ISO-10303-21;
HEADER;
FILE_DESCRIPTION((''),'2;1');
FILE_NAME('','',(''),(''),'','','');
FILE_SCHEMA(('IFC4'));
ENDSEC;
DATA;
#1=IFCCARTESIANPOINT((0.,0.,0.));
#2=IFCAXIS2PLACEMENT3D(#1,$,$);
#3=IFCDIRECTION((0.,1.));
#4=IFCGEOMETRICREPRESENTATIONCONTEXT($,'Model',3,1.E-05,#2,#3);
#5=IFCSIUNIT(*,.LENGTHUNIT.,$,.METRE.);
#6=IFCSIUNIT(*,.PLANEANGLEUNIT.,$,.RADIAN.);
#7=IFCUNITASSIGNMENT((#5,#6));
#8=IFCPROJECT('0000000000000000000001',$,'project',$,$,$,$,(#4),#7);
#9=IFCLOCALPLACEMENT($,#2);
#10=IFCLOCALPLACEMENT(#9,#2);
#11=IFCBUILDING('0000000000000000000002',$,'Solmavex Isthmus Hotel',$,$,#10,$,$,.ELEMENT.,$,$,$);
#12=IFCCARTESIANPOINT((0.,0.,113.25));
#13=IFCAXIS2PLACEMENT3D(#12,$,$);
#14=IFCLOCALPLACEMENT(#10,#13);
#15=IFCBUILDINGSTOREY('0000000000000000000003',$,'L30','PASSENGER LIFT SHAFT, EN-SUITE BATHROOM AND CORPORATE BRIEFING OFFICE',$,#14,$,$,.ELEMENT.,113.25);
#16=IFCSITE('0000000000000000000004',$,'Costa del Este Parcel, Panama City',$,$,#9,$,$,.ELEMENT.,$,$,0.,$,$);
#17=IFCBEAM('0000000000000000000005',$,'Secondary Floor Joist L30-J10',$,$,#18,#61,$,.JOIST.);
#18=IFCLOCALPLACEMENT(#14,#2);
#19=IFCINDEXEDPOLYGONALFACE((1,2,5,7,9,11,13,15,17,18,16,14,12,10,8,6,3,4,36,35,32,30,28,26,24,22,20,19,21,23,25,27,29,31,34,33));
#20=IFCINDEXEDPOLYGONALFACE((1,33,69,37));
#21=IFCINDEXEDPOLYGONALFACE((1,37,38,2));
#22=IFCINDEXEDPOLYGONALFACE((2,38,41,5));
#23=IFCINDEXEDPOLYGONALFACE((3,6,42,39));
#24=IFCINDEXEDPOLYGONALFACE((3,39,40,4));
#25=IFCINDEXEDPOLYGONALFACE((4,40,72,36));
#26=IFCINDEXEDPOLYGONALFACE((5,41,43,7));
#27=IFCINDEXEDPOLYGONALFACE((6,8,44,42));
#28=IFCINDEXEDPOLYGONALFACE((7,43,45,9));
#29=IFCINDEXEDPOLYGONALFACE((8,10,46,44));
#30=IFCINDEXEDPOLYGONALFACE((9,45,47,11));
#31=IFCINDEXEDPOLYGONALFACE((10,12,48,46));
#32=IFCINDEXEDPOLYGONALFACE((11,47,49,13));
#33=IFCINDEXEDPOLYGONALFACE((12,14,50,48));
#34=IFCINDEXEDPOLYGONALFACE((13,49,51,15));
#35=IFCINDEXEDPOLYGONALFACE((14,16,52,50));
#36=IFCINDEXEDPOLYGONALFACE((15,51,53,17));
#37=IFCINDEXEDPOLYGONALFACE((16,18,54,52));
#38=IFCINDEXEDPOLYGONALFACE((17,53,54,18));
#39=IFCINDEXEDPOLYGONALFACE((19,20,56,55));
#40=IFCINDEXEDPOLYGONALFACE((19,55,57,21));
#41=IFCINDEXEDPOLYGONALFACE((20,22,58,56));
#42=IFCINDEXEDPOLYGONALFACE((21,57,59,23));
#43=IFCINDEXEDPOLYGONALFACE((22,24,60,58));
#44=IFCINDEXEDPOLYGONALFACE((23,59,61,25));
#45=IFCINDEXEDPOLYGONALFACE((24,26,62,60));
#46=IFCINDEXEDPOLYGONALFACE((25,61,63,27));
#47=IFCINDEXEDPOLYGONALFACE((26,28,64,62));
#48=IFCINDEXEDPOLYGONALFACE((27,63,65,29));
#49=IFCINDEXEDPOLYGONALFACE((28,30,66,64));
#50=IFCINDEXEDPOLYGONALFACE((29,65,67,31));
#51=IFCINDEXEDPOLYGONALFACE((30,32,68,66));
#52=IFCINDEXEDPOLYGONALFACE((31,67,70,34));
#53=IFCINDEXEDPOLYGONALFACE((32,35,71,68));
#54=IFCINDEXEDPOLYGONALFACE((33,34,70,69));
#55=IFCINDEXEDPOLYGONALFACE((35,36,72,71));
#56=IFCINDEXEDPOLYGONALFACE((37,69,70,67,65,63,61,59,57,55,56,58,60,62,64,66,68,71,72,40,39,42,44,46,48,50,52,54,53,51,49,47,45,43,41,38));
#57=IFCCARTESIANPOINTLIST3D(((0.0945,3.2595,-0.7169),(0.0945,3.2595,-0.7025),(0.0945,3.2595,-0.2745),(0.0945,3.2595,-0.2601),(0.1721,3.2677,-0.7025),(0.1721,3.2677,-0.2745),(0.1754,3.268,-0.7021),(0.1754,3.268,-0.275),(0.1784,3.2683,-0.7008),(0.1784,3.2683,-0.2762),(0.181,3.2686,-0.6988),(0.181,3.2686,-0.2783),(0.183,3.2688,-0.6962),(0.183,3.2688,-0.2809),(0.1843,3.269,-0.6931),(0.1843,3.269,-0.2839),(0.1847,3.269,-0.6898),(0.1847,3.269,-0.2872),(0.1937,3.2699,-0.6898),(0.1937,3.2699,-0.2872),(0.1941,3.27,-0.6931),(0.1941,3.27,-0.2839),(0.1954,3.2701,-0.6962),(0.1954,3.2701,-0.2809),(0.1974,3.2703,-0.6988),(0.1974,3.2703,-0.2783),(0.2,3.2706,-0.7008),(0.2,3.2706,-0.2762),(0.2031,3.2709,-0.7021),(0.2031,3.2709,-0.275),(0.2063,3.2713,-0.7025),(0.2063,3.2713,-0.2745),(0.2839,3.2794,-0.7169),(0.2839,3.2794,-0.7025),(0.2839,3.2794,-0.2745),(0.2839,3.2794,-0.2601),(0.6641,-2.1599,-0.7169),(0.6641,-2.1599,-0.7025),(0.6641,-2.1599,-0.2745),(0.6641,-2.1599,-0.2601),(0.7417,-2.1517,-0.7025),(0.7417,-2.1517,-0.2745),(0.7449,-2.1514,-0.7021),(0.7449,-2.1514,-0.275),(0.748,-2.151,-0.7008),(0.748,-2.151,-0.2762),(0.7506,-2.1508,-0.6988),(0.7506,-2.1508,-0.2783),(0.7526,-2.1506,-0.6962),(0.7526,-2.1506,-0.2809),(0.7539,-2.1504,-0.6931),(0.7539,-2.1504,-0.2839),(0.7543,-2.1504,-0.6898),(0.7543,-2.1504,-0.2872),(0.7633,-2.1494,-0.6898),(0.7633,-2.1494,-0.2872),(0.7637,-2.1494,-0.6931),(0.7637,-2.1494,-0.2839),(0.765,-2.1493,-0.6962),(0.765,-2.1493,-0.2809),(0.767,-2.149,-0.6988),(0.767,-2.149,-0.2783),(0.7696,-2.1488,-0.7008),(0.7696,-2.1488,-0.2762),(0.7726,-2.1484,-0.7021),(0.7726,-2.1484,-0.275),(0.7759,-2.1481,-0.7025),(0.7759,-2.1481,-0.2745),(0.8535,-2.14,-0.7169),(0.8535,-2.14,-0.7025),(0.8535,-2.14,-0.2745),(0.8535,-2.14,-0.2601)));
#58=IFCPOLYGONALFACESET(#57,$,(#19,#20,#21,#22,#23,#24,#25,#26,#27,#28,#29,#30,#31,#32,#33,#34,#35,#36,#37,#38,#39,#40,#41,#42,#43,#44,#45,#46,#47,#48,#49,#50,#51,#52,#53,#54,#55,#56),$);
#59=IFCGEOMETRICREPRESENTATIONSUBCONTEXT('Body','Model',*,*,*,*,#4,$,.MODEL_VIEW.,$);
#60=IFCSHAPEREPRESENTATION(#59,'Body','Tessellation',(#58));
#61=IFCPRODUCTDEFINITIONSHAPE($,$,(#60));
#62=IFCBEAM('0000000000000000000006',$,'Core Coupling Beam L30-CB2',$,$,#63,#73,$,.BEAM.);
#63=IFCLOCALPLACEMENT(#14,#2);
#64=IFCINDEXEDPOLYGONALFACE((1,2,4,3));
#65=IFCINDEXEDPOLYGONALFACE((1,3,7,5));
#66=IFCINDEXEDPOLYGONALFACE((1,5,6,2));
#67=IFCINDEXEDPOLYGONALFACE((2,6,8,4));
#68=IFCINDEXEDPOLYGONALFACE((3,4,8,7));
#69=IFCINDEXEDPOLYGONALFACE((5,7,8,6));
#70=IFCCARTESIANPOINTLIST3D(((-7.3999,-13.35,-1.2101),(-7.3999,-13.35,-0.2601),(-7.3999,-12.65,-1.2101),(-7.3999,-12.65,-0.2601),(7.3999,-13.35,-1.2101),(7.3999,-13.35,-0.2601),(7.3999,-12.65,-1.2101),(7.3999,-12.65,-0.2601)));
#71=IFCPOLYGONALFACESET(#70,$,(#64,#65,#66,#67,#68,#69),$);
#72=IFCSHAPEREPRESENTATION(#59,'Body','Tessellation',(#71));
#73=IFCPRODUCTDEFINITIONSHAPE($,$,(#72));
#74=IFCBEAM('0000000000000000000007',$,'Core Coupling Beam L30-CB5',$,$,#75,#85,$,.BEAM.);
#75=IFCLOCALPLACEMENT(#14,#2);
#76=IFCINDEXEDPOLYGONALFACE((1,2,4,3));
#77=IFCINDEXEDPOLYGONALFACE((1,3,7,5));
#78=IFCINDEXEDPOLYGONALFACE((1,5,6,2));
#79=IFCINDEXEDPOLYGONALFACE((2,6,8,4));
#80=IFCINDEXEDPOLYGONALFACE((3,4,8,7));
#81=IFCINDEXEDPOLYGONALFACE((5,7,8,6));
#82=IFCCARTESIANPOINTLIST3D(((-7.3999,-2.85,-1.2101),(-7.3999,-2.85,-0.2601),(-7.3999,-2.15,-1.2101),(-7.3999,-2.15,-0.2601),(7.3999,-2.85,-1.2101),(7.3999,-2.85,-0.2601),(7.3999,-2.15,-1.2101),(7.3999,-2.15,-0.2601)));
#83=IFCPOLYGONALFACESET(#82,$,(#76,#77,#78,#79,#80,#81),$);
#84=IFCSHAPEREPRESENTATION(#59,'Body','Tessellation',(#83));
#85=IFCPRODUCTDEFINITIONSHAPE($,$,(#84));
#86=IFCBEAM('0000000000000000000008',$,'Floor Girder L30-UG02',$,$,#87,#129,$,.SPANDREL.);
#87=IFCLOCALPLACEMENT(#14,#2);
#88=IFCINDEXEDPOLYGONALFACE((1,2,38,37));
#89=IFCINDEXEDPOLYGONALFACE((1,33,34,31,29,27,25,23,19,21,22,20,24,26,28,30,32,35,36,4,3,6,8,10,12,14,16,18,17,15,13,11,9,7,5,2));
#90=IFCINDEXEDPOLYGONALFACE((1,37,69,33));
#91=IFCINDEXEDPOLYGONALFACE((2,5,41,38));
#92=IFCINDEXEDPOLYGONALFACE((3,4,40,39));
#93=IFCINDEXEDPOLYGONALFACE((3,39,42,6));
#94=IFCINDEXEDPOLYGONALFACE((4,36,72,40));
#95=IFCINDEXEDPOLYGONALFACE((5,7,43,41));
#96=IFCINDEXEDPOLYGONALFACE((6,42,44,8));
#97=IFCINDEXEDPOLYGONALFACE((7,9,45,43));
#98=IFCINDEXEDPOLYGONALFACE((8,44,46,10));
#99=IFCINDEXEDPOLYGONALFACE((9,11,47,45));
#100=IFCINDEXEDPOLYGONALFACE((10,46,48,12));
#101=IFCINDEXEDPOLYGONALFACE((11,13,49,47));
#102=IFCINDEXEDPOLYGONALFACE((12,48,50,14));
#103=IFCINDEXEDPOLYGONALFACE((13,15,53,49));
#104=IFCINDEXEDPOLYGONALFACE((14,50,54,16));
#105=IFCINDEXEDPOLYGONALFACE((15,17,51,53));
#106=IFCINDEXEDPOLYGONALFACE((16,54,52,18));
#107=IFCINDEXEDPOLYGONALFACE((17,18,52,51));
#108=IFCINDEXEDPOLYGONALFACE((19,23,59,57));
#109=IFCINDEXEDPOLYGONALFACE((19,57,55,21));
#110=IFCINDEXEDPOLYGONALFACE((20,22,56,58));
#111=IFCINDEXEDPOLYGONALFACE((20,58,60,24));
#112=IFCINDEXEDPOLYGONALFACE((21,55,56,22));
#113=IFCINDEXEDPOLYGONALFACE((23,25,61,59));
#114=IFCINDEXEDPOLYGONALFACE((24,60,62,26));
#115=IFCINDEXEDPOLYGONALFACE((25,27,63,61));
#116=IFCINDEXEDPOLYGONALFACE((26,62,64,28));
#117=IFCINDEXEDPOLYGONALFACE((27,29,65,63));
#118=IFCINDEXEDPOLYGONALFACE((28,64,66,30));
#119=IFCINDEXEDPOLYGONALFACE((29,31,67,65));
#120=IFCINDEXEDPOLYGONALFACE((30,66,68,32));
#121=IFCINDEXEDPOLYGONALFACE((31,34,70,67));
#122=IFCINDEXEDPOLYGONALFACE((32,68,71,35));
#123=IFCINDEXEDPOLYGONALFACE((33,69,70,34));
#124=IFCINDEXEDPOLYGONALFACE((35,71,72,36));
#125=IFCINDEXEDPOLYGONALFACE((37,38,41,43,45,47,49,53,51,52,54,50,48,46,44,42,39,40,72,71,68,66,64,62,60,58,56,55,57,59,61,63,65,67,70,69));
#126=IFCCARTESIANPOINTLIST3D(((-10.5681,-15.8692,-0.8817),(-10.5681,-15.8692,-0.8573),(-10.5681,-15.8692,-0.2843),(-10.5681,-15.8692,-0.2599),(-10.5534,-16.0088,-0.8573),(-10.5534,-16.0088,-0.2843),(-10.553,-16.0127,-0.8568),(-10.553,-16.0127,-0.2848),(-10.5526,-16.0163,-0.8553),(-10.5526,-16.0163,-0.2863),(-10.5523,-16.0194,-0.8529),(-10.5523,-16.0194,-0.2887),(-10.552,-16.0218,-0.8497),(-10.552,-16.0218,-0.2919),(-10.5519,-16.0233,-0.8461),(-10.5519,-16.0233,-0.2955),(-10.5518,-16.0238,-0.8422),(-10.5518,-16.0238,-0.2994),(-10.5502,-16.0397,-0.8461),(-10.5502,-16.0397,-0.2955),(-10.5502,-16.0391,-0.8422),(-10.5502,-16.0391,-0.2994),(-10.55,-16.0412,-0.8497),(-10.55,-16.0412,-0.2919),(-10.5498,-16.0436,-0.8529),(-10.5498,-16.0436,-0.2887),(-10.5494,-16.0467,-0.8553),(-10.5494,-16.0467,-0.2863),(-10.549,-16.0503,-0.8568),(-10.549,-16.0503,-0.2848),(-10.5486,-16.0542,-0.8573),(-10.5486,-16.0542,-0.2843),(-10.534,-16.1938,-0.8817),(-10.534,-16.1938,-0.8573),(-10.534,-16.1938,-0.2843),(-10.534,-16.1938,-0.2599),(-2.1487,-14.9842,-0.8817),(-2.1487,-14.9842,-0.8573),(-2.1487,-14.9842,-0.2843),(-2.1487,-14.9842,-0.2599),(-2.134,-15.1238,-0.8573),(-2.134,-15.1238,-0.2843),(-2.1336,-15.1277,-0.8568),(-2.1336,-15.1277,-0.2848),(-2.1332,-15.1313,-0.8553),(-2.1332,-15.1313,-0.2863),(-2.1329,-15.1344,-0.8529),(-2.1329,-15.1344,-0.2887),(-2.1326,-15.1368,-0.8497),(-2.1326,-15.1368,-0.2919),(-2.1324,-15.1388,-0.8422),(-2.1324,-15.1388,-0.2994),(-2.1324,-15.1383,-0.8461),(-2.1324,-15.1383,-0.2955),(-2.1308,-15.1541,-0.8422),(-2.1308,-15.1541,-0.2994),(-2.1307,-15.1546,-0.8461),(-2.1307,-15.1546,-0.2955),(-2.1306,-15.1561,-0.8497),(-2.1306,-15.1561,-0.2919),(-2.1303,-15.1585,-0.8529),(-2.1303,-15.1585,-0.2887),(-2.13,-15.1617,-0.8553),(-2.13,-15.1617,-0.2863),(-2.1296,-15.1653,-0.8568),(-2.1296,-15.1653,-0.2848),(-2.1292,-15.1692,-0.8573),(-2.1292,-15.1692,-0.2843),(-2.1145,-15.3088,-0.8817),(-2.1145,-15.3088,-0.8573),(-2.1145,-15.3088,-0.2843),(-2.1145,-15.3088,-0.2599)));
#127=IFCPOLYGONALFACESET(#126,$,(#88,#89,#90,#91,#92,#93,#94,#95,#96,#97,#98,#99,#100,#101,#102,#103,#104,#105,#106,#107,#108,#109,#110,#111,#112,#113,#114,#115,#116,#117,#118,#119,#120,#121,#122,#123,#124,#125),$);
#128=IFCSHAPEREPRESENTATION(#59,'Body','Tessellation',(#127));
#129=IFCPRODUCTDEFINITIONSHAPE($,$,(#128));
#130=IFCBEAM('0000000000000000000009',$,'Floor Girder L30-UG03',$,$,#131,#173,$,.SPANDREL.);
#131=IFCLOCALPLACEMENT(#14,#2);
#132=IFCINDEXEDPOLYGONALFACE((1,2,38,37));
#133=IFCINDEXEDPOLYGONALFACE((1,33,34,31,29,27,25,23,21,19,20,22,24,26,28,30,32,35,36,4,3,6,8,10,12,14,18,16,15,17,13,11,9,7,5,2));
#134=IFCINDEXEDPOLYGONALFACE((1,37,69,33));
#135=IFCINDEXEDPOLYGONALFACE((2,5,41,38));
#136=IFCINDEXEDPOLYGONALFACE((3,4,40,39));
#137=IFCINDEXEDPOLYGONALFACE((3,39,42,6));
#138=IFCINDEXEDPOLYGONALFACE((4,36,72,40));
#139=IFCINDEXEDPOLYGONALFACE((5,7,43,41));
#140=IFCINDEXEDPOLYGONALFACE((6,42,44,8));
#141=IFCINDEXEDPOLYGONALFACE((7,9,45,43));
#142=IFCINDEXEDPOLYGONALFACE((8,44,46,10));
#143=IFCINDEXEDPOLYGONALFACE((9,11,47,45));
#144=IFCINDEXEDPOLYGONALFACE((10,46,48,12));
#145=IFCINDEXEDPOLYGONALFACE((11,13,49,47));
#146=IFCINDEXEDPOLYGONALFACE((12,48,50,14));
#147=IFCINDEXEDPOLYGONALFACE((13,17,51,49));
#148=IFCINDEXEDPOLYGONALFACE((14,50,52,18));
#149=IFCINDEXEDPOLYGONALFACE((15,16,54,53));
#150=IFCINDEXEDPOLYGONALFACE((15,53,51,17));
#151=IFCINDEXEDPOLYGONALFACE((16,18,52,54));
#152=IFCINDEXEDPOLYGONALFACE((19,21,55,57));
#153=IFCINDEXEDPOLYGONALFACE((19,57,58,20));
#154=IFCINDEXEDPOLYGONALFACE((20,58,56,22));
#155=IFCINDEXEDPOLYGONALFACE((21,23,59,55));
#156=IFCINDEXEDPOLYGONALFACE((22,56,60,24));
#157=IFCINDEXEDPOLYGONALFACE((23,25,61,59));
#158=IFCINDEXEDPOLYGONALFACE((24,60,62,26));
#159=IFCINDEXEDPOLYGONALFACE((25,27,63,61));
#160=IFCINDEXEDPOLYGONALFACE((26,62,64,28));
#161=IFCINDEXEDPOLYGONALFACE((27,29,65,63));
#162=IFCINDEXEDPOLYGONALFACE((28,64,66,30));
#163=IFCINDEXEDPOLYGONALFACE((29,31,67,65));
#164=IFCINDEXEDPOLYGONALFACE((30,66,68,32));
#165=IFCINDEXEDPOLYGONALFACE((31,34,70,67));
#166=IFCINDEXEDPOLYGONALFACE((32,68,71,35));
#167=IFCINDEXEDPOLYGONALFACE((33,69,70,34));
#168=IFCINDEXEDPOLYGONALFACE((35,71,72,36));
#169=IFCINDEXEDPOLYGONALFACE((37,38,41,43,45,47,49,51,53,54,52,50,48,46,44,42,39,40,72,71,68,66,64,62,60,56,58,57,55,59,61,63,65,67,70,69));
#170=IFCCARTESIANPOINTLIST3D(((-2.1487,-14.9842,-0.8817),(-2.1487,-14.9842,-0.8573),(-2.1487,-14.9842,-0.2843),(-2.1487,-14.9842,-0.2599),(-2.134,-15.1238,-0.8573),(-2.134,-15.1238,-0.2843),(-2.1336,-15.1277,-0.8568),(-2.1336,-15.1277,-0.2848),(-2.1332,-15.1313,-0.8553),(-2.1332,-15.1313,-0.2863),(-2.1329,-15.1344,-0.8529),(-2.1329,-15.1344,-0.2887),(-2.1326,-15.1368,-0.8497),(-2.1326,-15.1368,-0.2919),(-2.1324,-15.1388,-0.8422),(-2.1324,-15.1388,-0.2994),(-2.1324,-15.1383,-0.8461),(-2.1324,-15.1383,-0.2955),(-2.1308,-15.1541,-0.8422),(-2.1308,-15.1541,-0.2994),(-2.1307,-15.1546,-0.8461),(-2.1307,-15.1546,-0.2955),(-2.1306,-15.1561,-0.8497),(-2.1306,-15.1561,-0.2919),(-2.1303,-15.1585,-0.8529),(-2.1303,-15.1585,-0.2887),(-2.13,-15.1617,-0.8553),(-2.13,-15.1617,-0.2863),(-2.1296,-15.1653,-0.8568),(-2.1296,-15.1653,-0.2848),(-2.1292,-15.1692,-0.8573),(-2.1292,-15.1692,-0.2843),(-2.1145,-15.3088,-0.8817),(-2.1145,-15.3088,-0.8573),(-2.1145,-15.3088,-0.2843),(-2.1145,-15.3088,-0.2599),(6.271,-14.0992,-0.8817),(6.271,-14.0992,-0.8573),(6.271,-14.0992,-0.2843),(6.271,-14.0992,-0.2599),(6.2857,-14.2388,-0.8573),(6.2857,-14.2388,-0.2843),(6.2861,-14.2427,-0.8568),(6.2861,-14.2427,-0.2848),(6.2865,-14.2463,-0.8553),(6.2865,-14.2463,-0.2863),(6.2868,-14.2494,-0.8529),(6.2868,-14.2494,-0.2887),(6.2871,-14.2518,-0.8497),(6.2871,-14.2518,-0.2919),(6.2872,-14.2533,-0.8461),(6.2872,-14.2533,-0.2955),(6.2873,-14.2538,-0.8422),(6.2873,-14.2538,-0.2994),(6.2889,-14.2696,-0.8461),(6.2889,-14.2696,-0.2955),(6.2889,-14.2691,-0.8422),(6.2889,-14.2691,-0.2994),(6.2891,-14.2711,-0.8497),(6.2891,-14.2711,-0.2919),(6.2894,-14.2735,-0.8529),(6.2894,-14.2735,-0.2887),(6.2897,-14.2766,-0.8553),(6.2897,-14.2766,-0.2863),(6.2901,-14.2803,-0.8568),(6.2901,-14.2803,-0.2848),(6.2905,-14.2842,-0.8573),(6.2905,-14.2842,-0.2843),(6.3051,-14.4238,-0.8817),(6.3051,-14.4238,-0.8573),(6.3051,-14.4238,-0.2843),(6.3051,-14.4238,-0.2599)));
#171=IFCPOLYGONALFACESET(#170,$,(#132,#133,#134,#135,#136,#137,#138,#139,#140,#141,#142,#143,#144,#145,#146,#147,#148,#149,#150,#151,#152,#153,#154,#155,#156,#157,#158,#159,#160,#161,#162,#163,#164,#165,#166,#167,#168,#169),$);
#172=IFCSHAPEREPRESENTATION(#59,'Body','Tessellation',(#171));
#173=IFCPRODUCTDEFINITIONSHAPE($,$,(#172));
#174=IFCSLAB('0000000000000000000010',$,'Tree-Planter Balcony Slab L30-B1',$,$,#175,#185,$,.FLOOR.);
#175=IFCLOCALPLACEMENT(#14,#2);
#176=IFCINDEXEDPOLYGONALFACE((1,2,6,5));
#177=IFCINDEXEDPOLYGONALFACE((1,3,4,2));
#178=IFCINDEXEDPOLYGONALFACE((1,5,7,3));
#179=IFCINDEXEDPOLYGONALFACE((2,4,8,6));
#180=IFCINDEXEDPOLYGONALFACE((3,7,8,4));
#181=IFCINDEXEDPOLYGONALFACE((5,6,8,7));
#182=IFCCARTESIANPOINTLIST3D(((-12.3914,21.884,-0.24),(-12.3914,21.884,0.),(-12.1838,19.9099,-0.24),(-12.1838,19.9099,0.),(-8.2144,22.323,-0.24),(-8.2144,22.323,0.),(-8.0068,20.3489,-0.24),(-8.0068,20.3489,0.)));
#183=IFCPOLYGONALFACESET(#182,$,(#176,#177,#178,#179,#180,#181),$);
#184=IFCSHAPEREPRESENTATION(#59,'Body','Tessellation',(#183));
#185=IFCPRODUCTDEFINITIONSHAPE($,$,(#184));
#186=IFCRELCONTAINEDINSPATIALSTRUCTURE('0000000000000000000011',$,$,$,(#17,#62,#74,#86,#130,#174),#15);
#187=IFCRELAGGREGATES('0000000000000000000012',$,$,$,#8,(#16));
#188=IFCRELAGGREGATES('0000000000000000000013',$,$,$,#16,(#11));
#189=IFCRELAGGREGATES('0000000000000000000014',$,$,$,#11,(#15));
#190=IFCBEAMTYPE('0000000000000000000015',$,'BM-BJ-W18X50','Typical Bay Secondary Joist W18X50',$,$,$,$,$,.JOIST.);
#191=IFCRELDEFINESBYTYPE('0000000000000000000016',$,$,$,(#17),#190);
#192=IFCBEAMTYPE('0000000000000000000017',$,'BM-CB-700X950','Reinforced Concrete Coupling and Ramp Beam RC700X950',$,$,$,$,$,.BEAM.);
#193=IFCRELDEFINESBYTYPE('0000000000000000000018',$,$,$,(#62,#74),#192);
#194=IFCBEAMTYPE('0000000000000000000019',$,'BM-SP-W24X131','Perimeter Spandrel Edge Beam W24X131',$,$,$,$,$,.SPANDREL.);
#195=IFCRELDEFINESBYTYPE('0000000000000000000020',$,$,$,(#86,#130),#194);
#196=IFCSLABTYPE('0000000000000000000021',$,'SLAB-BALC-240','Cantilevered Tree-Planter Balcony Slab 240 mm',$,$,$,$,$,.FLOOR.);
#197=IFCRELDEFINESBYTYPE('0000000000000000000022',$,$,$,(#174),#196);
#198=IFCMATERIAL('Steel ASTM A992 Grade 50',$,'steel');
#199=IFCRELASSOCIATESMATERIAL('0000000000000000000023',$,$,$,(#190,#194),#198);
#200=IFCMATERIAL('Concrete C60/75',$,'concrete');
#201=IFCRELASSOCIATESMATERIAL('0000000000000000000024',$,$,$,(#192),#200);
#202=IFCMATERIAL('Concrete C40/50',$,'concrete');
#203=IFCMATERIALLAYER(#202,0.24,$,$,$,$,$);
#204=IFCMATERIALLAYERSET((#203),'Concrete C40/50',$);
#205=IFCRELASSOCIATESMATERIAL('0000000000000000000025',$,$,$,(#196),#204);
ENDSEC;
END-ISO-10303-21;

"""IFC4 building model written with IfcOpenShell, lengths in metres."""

from ifc_helpers import new_model, si_unit, direction, frame, origin, origin_2d, place, context, subcontext, project, spatial, polyline, rectangle, i_section, outline, extrude, material, layer, layer_set, material_profile, profile_set, type_object, element, save


model = new_model("IFC4")

# Units and contexts
model_context = context("Model", 3, precision=1e-05, world=origin(), true_north=direction((0.0, 1.0)))
body_context = subcontext(model_context, "Body", "Model", "MODEL_VIEW")
ifc_project = project(units=[si_unit("LENGTHUNIT", "METRE"), si_unit("PLANEANGLEUNIT", "RADIAN")], contexts=[model_context])

# Site, building, storey
site_placement = place(None, origin())
site = spatial("IfcSite", under=ifc_project, at=site_placement, Name="Costa del Este Parcel, Panama City", CompositionType="ELEMENT", RefElevation=0.0)
building_placement = place(site_placement, origin())
building = spatial("IfcBuilding", under=site, at=building_placement, Name="Solmavex Isthmus Hotel", CompositionType="ELEMENT")
storey_placement = place(building_placement, frame((0.0, 0.0, 113.25)))
storey = spatial("IfcBuildingStorey", under=building, at=storey_placement, Name="L30", Description="PASSENGER LIFT SHAFT, EN-SUITE BATHROOM AND CORPORATE BRIEFING OFFICE", CompositionType="ELEMENT", Elevation=113.25)

# Shared definitions
ifc_material_1 = material(Name="Concrete C60/75", Category="concrete")

# Beams
ifc_material_2 = material(Name="Steel ASTM A992 Grade 50", Category="steel")
ifc_material_profile_1 = material_profile(ifc_material_2, i_section(OverallWidth=0.1904, OverallDepth=0.4568, WebThickness=0.009, FlangeThickness=0.0144, FilletRadius=0.0127, at=origin_2d()), Name="W18X50")
ifc_profile_set_1 = profile_set([ifc_material_profile_1], Name="Steel ASTM A992 Grade 50")
beam_type_1 = type_object("IfcBeamType", Name="BM-BJ-W18X50", Description="Typical Bay Secondary Joist W18X50", PredefinedType="JOIST", material=ifc_profile_set_1)
beam_1_placement = place(storey_placement, frame((0.7588, -2.1499, -0.4885), z_axis=(-0.104524, 0.994522, 0.0), x_axis=(-0.994522, -0.104524, 0.0)))
element("IfcBeam", 1, at=beam_1_placement, inside=storey, type_object=beam_type_1, Name="Secondary Floor Joist L30-J10", PredefinedType="JOIST", context=body_context, shape_type="SweptSolid", body=[
    extrude(i_section(OverallWidth=0.1904, OverallDepth=0.4568, WebThickness=0.009, FlangeThickness=0.0144, FilletRadius=0.0127, at=origin_2d()), origin(), (0.0, 0.0, 1.0), 5.4492),
])
ifc_material_profile_2 = material_profile(ifc_material_1, rectangle(XDim=0.7, YDim=0.95, at=origin_2d()), Name="RC700X950")
ifc_profile_set_2 = profile_set([ifc_material_profile_2], Name="Concrete C60/75")
beam_type_2 = type_object("IfcBeamType", Name="BM-CB-700X950", Description="Reinforced Concrete Coupling and Ramp Beam RC700X950", PredefinedType="BEAM", material=ifc_profile_set_2)
for number, where, z_axis, x_axis, name in (
    (2, (-7.3999, -13.0, -0.7351), (1.0, 0.0, 0.0), (0.0, 1.0, 0.0), "Core Coupling Beam L30-CB2"),
    (3, (-7.3999, -2.5, -0.7351), (1.0, 0.0, 0.0), (0.0, 1.0, 0.0), "Core Coupling Beam L30-CB5"),
):
    element("IfcBeam", number, at=place(storey_placement, frame(where, z_axis=z_axis, x_axis=x_axis)), inside=storey, type_object=beam_type_2, Name=name, PredefinedType="BEAM", context=body_context, shape_type="SweptSolid", body=[
        extrude(rectangle(XDim=0.7, YDim=0.95, at=origin_2d()), origin(), (0.0, 0.0, 1.0), 14.7998),
    ])
ifc_material_profile_3 = material_profile(ifc_material_2, i_section(OverallWidth=0.3264, OverallDepth=0.6218, WebThickness=0.0154, FlangeThickness=0.0244, FilletRadius=0.0151, at=origin_2d()), Name="W24X131")
ifc_profile_set_3 = profile_set([ifc_material_profile_3], Name="Steel ASTM A992 Grade 50")
beam_type_3 = type_object("IfcBeamType", Name="BM-SP-W24X131", Description="Perimeter Spandrel Edge Beam W24X131", PredefinedType="SPANDREL", material=ifc_profile_set_3)
beam_2_placement = place(storey_placement, frame((-10.551, -16.0315, -0.5708), z_axis=(0.994521, 0.104539, 0.0), x_axis=(-0.104539, 0.994521, 0.0)))
element("IfcBeam", 4, at=beam_2_placement, inside=storey, type_object=beam_type_3, Name="Floor Girder L30-UG02", PredefinedType="SPANDREL", context=body_context, shape_type="SweptSolid", body=[
    extrude(i_section(OverallWidth=0.3264, OverallDepth=0.6218, WebThickness=0.0154, FlangeThickness=0.0244, FilletRadius=0.0151, at=origin_2d()), origin(), (0.0, 0.0, 1.0), 8.4658),
])
beam_3_placement = place(storey_placement, frame((-2.1316, -15.1465, -0.5708), z_axis=(0.994521, 0.104536, 0.0), x_axis=(-0.104536, 0.994521, 0.0)))
element("IfcBeam", 5, at=beam_3_placement, inside=storey, type_object=beam_type_3, Name="Floor Girder L30-UG03", PredefinedType="SPANDREL", context=body_context, shape_type="SweptSolid", body=[
    extrude(i_section(OverallWidth=0.3264, OverallDepth=0.6218, WebThickness=0.0154, FlangeThickness=0.0244, FilletRadius=0.0151, at=origin_2d()), origin(), (0.0, 0.0, 1.0), 8.4661),
])

# Slab
ifc_material_3 = material(Name="Concrete C40/50", Category="concrete")
ifc_layer_1 = layer(ifc_material_3, 0.24)
ifc_layer_set_1 = layer_set([ifc_layer_1], Name="Concrete C40/50")
slab_type_1 = type_object("IfcSlabType", Name="SLAB-BALC-240", Description="Cantilevered Tree-Planter Balcony Slab 240 mm", PredefinedType="FLOOR", material=ifc_layer_set_1)
slab_1_placement = place(storey_placement, frame((0.0, 0.0, -0.24)))
element("IfcSlab", 6, at=slab_1_placement, inside=storey, type_object=slab_type_1, Name="Tree-Planter Balcony Slab L30-B1", PredefinedType="FLOOR", context=body_context, shape_type="SweptSolid", body=[
    extrude(outline(polyline([(-12.1838, 19.9099), (-8.0068, 20.3489), (-8.2144, 22.323), (-12.3914, 21.884), (-12.1838, 19.9099)])), origin(), (0.0, 0.0, 1.0), 0.24),
])

save(model, "model.ifc")
